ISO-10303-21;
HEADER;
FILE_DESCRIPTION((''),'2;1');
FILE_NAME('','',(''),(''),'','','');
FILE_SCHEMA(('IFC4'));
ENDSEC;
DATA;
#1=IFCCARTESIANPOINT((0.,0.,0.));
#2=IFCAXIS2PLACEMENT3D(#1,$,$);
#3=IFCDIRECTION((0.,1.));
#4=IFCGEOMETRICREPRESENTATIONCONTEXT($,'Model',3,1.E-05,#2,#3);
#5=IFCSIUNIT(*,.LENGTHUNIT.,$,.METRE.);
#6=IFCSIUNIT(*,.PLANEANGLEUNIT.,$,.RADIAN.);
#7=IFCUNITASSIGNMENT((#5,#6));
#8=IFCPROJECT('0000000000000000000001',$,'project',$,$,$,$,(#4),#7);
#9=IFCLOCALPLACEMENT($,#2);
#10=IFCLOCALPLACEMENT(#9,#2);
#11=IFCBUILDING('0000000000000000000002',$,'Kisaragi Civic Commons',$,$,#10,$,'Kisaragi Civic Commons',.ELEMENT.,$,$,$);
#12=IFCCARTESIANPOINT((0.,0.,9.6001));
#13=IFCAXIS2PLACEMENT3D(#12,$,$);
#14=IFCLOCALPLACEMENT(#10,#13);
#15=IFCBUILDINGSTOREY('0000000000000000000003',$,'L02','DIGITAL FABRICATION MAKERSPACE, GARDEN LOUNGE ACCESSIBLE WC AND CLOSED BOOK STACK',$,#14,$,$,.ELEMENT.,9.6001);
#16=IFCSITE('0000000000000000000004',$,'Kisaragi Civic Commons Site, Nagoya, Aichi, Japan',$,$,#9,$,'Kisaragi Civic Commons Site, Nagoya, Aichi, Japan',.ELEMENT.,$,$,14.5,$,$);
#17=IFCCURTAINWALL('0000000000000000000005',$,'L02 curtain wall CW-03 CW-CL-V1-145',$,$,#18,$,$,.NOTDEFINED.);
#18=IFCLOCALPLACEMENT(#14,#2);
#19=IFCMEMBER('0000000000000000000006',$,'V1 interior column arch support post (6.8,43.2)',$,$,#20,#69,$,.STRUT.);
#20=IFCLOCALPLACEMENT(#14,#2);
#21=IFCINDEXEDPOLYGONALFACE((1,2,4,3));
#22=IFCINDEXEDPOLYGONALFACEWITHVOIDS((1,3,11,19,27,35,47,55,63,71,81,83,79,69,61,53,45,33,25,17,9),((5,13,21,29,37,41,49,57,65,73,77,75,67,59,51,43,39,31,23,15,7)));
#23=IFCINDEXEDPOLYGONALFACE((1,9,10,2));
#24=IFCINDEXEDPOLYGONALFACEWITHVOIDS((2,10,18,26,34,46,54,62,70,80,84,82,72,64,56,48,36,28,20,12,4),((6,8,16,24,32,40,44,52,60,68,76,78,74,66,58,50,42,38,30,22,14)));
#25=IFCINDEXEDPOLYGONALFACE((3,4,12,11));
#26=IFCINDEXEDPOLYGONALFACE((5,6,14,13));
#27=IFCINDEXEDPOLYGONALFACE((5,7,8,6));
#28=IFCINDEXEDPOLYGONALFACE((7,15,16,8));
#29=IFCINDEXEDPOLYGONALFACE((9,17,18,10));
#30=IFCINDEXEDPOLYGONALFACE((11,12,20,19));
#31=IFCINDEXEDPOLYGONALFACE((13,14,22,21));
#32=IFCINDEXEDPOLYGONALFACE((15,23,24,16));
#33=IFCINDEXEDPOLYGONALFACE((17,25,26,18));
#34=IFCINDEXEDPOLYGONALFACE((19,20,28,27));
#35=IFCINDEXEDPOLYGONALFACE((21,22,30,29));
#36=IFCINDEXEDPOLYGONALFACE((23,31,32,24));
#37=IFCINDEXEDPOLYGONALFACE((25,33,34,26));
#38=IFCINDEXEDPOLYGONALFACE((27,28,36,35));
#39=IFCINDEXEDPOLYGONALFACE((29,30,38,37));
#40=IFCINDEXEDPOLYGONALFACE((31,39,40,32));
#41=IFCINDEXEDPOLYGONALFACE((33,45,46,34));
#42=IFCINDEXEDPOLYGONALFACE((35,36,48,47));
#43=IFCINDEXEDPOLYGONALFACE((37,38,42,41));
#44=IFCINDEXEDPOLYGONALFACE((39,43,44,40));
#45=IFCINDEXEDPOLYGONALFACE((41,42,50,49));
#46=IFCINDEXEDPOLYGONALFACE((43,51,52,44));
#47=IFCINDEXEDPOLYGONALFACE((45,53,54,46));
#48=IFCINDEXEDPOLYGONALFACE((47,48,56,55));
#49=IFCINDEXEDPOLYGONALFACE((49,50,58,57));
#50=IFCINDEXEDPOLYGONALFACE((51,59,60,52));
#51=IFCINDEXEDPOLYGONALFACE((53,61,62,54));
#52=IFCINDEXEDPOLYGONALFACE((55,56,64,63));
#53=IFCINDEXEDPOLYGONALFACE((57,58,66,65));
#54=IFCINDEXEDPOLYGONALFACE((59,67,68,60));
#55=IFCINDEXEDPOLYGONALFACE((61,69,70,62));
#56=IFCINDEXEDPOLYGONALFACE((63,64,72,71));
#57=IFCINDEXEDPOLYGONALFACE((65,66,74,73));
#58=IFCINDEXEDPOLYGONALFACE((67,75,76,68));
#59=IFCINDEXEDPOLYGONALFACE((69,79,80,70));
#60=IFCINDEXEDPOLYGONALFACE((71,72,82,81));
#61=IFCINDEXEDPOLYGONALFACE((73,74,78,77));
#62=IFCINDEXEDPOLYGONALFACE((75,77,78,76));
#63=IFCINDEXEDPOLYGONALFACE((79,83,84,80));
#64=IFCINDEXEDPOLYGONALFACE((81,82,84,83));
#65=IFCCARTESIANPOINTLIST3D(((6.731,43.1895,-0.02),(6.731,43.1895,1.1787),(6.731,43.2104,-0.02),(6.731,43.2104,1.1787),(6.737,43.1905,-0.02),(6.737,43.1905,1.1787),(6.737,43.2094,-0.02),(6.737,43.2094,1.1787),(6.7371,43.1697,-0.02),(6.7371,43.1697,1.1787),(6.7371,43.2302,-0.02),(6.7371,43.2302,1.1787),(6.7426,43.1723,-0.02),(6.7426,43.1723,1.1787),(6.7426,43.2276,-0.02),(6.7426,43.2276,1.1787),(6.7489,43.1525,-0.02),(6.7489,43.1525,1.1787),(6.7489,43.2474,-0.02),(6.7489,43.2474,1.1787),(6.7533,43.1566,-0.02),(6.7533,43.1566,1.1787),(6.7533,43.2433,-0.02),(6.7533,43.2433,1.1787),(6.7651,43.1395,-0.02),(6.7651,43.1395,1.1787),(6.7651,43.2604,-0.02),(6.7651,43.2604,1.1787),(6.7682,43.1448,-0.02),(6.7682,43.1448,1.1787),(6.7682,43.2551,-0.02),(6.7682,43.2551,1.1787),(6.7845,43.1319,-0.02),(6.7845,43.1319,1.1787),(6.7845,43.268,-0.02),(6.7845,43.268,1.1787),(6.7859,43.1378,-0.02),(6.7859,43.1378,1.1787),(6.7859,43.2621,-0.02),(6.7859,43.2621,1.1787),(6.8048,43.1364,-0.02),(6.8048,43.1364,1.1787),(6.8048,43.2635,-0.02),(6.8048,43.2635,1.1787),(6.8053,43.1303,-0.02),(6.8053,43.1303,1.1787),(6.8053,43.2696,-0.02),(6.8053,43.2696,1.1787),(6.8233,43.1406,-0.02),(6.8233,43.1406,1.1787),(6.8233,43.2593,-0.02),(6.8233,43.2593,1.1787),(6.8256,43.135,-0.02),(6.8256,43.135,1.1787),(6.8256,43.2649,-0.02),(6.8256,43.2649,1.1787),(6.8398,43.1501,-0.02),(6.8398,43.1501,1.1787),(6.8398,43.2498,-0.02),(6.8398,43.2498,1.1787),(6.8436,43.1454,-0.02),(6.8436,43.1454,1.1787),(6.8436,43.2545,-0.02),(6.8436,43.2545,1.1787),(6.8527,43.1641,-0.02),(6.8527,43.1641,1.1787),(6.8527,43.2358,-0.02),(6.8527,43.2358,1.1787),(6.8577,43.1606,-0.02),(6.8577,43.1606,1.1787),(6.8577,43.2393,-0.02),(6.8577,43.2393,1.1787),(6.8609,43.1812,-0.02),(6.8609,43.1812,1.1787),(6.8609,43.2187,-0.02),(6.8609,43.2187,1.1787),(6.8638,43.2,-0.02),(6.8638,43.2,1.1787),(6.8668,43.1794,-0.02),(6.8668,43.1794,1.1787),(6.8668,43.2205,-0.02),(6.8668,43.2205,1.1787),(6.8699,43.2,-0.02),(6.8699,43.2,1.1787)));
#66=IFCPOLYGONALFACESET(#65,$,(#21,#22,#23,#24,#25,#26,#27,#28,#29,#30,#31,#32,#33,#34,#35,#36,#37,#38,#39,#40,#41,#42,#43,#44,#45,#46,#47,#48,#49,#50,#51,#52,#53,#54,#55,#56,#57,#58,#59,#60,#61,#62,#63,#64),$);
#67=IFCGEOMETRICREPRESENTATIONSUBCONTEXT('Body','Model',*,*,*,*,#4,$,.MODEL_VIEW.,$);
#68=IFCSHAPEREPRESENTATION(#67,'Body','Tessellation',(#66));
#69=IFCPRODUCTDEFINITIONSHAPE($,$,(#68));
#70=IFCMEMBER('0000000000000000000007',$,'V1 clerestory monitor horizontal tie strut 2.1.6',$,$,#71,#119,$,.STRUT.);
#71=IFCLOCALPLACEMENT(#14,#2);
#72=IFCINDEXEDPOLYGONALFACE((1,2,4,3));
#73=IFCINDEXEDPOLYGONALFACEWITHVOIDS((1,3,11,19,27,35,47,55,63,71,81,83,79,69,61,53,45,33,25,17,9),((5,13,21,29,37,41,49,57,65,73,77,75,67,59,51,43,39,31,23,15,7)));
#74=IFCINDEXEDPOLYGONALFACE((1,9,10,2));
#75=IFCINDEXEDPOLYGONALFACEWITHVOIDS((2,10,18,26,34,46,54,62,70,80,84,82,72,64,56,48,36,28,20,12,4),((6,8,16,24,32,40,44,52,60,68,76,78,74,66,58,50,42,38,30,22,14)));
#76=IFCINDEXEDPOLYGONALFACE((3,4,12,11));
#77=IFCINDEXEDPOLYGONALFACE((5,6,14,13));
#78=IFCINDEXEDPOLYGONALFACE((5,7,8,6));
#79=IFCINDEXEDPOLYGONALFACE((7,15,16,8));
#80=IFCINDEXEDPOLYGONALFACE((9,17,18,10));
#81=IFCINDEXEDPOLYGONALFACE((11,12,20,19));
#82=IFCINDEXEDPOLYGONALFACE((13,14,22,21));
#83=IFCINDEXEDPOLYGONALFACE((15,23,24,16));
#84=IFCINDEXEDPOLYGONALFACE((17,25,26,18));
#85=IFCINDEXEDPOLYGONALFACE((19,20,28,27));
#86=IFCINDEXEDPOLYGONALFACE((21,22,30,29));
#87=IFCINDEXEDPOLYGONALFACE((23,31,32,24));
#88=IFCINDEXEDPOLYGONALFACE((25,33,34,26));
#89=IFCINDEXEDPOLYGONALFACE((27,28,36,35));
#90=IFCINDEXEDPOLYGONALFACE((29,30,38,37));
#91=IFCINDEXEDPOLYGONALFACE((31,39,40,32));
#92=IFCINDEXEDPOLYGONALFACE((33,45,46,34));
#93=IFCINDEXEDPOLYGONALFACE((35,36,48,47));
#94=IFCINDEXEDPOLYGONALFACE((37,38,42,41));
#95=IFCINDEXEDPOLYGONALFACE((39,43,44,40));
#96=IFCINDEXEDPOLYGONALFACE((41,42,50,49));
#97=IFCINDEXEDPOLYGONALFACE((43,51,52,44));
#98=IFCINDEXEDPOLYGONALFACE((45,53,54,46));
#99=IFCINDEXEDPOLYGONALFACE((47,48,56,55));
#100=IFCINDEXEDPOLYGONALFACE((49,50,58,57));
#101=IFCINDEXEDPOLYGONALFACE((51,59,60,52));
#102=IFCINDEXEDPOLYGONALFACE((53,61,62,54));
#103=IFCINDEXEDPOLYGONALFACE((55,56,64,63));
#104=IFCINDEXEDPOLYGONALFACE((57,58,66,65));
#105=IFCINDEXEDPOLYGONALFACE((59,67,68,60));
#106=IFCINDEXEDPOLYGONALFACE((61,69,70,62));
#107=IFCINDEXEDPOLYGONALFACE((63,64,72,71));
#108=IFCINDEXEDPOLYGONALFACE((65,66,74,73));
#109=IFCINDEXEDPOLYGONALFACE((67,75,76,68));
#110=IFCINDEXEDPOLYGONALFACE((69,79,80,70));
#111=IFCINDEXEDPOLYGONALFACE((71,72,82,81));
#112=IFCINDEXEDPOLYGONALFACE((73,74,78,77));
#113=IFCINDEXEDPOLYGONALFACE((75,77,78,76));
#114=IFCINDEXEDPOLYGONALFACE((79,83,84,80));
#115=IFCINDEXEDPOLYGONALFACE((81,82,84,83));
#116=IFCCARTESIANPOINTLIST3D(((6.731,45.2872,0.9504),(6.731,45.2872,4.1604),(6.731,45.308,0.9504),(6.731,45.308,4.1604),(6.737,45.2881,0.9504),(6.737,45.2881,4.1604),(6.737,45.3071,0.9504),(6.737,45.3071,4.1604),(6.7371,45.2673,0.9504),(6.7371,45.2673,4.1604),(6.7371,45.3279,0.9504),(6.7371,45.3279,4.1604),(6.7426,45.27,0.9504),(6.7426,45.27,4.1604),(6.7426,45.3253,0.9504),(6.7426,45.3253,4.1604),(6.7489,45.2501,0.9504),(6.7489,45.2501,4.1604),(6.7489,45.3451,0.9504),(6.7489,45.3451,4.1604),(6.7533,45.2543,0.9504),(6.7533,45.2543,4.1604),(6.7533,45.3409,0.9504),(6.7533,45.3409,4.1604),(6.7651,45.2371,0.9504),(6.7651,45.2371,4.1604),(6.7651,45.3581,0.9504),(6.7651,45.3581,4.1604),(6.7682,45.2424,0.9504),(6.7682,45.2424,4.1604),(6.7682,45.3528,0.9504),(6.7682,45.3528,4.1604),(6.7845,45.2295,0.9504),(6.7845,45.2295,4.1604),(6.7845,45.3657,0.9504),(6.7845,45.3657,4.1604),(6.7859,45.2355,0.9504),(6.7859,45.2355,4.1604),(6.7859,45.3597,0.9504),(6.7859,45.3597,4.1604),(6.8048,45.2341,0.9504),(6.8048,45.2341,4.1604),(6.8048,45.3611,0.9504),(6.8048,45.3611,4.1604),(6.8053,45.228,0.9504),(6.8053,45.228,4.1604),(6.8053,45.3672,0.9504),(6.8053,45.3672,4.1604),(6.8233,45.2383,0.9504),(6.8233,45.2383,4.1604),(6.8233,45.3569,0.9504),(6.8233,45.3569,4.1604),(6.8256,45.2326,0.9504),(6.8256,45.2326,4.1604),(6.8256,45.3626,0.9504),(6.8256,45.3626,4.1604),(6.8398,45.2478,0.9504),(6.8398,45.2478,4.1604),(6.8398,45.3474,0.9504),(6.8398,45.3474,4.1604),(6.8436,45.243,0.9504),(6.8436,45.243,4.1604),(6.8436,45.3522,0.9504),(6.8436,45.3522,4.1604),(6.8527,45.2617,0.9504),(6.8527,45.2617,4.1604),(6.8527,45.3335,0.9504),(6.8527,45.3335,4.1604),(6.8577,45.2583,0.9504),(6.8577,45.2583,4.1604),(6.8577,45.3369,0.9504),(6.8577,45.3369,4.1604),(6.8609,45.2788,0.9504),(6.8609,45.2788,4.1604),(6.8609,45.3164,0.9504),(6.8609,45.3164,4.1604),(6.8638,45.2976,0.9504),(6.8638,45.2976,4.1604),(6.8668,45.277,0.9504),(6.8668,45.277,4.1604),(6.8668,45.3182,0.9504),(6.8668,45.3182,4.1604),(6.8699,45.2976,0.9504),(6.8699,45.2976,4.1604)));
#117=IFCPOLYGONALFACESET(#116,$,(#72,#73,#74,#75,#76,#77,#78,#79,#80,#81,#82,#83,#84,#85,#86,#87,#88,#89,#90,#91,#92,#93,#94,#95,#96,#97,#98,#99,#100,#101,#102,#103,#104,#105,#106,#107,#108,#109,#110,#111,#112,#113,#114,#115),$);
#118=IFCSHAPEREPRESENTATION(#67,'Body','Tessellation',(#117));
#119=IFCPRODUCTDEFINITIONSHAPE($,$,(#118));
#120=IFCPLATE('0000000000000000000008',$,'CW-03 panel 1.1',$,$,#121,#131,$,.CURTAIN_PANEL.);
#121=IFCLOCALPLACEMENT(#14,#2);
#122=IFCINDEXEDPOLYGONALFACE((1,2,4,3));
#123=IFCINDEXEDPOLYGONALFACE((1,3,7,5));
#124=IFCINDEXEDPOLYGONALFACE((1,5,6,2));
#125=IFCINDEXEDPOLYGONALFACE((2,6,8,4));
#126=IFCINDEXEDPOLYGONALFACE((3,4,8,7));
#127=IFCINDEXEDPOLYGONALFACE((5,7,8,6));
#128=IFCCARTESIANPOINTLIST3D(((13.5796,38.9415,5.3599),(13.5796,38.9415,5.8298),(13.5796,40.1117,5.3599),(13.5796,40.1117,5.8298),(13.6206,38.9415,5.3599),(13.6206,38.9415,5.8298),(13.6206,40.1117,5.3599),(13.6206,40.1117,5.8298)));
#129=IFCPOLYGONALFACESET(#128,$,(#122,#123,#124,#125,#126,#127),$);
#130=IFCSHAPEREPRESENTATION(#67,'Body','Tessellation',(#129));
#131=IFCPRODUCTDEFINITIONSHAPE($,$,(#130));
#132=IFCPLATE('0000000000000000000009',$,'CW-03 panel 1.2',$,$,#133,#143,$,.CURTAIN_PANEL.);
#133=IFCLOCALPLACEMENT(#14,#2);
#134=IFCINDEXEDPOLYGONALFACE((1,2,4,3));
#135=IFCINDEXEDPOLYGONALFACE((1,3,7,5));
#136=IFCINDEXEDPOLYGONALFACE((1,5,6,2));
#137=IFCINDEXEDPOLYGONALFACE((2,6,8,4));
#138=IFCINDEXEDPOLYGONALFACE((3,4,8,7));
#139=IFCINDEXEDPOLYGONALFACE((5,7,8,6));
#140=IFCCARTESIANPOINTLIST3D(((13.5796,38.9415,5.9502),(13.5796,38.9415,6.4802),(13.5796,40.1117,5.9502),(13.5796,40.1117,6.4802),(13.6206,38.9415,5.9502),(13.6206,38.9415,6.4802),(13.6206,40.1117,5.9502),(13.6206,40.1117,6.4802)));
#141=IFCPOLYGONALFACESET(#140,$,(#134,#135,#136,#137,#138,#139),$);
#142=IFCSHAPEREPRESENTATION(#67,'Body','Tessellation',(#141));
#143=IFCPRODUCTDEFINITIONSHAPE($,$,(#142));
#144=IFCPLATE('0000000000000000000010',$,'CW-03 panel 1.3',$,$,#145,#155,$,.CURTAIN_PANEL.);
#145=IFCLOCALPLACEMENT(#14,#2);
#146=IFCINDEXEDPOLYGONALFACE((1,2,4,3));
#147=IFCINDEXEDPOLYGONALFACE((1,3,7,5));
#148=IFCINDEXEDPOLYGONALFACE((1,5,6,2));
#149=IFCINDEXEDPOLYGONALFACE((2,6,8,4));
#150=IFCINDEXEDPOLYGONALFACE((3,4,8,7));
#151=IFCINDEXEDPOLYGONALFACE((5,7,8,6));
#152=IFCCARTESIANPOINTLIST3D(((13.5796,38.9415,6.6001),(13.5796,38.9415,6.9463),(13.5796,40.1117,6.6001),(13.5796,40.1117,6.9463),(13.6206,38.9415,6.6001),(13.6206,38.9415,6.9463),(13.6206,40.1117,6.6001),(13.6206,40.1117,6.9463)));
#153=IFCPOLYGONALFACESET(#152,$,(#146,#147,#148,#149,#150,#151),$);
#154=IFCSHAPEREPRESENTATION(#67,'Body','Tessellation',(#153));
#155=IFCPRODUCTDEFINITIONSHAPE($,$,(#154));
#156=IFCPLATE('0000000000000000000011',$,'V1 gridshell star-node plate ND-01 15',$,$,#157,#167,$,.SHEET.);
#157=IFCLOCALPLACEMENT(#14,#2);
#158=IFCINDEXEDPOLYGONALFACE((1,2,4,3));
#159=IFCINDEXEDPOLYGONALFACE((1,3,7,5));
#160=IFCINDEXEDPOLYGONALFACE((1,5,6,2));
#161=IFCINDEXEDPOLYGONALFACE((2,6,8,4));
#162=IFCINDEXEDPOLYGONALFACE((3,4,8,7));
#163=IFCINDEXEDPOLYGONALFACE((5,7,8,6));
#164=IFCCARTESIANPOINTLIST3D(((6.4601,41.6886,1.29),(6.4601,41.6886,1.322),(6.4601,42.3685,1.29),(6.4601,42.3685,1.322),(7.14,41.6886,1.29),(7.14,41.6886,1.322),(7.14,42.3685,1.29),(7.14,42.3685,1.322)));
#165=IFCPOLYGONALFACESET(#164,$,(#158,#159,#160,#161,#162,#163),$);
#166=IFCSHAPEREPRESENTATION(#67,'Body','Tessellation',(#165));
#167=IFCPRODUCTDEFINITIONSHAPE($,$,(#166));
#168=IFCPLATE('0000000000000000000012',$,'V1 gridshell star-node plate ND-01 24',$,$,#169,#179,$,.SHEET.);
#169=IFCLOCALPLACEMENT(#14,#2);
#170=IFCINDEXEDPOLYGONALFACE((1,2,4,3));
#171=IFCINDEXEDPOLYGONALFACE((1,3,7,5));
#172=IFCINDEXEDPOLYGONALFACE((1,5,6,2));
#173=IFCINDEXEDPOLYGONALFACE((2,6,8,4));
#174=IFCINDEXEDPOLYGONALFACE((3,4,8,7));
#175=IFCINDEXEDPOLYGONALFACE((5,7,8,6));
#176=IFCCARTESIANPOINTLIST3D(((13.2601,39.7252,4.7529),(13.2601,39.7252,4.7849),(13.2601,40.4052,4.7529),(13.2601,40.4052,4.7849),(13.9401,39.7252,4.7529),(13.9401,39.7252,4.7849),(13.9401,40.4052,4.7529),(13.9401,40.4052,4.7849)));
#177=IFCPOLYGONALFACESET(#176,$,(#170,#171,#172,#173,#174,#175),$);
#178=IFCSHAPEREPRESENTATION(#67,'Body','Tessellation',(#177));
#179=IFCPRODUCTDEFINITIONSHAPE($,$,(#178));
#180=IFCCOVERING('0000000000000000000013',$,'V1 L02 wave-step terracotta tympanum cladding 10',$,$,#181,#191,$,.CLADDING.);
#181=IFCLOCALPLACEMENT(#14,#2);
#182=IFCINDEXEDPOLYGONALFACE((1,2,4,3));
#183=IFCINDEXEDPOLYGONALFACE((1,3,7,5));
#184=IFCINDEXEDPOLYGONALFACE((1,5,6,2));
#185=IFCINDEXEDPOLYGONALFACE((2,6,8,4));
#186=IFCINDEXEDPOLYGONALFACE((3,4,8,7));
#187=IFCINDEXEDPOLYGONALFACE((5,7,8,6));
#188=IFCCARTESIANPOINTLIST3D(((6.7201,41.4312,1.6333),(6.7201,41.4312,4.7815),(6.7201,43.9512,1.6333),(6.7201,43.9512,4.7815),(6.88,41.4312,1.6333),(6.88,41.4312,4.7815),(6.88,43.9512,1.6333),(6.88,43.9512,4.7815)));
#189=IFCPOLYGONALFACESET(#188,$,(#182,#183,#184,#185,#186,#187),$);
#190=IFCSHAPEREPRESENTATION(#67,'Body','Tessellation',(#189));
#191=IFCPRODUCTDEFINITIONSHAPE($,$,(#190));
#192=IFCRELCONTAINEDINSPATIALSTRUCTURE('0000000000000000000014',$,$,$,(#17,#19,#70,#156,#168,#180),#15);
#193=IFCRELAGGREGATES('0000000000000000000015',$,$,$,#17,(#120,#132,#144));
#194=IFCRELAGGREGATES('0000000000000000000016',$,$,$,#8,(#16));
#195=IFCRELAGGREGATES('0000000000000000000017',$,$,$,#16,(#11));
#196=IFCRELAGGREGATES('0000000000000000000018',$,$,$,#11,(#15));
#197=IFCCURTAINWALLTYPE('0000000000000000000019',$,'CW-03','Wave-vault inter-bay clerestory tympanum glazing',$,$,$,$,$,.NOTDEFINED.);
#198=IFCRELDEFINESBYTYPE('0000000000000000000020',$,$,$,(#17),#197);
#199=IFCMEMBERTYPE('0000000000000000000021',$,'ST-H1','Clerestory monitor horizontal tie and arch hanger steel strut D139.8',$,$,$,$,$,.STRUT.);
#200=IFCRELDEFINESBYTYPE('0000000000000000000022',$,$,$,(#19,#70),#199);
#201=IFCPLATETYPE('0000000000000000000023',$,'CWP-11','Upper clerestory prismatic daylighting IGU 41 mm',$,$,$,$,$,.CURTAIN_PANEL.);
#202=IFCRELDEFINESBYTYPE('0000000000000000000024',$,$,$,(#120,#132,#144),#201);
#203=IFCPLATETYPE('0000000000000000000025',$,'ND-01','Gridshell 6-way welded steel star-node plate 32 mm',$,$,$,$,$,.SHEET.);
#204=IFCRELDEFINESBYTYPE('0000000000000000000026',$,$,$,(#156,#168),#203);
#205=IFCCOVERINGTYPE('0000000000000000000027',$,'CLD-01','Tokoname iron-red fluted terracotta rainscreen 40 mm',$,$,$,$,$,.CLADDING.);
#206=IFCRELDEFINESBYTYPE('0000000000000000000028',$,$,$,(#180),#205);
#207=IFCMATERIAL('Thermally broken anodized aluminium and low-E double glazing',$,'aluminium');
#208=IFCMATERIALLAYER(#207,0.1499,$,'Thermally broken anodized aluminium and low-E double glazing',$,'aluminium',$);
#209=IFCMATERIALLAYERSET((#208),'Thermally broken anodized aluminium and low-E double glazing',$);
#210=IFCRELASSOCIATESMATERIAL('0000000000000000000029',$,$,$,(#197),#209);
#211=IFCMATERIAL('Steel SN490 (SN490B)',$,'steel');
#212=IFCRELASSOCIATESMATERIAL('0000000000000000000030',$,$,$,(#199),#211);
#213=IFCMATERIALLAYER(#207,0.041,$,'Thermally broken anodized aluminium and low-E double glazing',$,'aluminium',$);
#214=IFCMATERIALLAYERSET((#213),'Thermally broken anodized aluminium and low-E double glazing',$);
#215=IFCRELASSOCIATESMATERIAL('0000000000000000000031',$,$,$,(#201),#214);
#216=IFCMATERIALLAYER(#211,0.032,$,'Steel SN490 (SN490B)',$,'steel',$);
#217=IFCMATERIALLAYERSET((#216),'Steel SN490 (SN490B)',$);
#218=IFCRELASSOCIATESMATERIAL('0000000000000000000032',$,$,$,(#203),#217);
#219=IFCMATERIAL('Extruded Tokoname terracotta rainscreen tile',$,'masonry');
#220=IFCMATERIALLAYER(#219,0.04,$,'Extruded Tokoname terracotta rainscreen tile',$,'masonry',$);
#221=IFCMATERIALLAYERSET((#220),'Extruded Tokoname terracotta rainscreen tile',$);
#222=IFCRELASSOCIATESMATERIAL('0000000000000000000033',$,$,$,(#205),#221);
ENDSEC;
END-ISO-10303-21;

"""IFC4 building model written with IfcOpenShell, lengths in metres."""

from ifc_helpers import new_model, si_unit, direction, frame, origin, origin_2d, place, context, subcontext, project, spatial, rectangle, hollow_circle, extrude, material, layer, layer_set, material_profile, profile_set, type_object, element, aggregate, save


model = new_model("IFC4")

# Units and contexts
model_context = context("Model", 3, precision=1e-05, world=origin(), true_north=direction((0.0, 1.0)))
body_context = subcontext(model_context, "Body", "Model", "MODEL_VIEW")
ifc_project = project(units=[si_unit("LENGTHUNIT", "METRE"), si_unit("PLANEANGLEUNIT", "RADIAN")], contexts=[model_context])

# Site, building, storey
site_placement = place(None, origin())
site = spatial("IfcSite", under=ifc_project, at=site_placement, Name="Kisaragi Civic Commons Site, Nagoya, Aichi, Japan", LongName="Kisaragi Civic Commons Site, Nagoya, Aichi, Japan", CompositionType="ELEMENT", RefElevation=14.5)
building_placement = place(site_placement, origin())
building = spatial("IfcBuilding", under=site, at=building_placement, Name="Kisaragi Civic Commons", LongName="Kisaragi Civic Commons", CompositionType="ELEMENT")
storey_placement = place(building_placement, frame((0.0, 0.0, 9.6001)))
storey = spatial("IfcBuildingStorey", under=building, at=storey_placement, Name="L02", Description="DIGITAL FABRICATION MAKERSPACE, GARDEN LOUNGE ACCESSIBLE WC AND CLOSED BOOK STACK", CompositionType="ELEMENT", Elevation=9.6001)

# Curtain wall
ifc_material_1 = material(Name="Thermally broken anodized aluminium and low-E double glazing", Category="aluminium")
ifc_layer_1 = layer(ifc_material_1, 0.1499, Name="Thermally broken anodized aluminium and low-E double glazing", Category="aluminium")
ifc_layer_set_1 = layer_set([ifc_layer_1], Name="Thermally broken anodized aluminium and low-E double glazing")
curtain_wall_type = type_object("IfcCurtainWallType", Name="CW-03", Description="Wave-vault inter-bay clerestory tympanum glazing", PredefinedType="NOTDEFINED", material=ifc_layer_set_1)
curtain_wall_placement = place(storey_placement, origin())
curtain_wall = element("IfcCurtainWall", 1, at=curtain_wall_placement, inside=storey, type_object=curtain_wall_type, Name="L02 curtain wall CW-03 CW-CL-V1-145", PredefinedType="NOTDEFINED")

# Members
ifc_material_2 = material(Name="Steel SN490 (SN490B)", Category="steel")
ifc_material_profile_1 = material_profile(ifc_material_2, hollow_circle(Radius=0.0698, WallThickness=0.0061, at=origin_2d()), Name="CHS-139.8x6.0", Category="steel")
ifc_profile_set_1 = profile_set([ifc_material_profile_1], Name="Steel SN490 (SN490B)")
member_type_1 = type_object("IfcMemberType", Name="ST-H1", Description="Clerestory monitor horizontal tie and arch hanger steel strut D139.8", PredefinedType="STRUT", material=ifc_profile_set_1)
member_1_placement = place(storey_placement, frame((6.8, 43.2, -0.02), z_axis=(0.0, 0.0, 1.0), x_axis=(1.0, 0.0, 0.0)))
element("IfcMember", 2, at=member_1_placement, inside=storey, type_object=member_type_1, Name="V1 interior column arch support post (6.8,43.2)", PredefinedType="STRUT", context=body_context, shape_type="SweptSolid", body=[
    extrude(hollow_circle(Radius=0.0698, WallThickness=0.0061, at=origin_2d()), origin(), (0.0, 0.0, 1.0), 1.1987),
])
member_2_placement = place(storey_placement, frame((6.8, 45.2976, 0.9504), z_axis=(0.0, 0.0, 1.0), x_axis=(1.0, 0.0, 0.0)))
element("IfcMember", 3, at=member_2_placement, inside=storey, type_object=member_type_1, Name="V1 clerestory monitor horizontal tie strut 2.1.6", PredefinedType="STRUT", context=body_context, shape_type="SweptSolid", body=[
    extrude(hollow_circle(Radius=0.0698, WallThickness=0.0061, at=origin_2d()), origin(), (0.0, 0.0, 1.0), 3.21),
])

# Plates
ifc_layer_2 = layer(ifc_material_1, 0.041, Name="Thermally broken anodized aluminium and low-E double glazing", Category="aluminium")
ifc_layer_set_2 = layer_set([ifc_layer_2], Name="Thermally broken anodized aluminium and low-E double glazing")
plate_type_1 = type_object("IfcPlateType", Name="CWP-11", Description="Upper clerestory prismatic daylighting IGU 41 mm", PredefinedType="CURTAIN_PANEL", material=ifc_layer_set_2)
plate_1_placement = place(storey_placement, frame((13.6001, 39.5266, 5.3599), z_axis=(0.0, 0.0, 1.0), x_axis=(0.0, 1.0, 0.0)))
plate_1 = element("IfcPlate", 4, at=plate_1_placement, type_object=plate_type_1, Name="CW-03 panel 1.1", PredefinedType="CURTAIN_PANEL", context=body_context, shape_type="SweptSolid", body=[
    extrude(rectangle(XDim=1.1702, YDim=0.041, at=origin_2d()), origin(), (0.0, 0.0, 1.0), 0.47),
])
plate_2_placement = place(storey_placement, frame((13.6001, 39.5266, 5.9502), z_axis=(0.0, 0.0, 1.0), x_axis=(0.0, 1.0, 0.0)))
plate_2 = element("IfcPlate", 5, at=plate_2_placement, type_object=plate_type_1, Name="CW-03 panel 1.2", PredefinedType="CURTAIN_PANEL", context=body_context, shape_type="SweptSolid", body=[
    extrude(rectangle(XDim=1.1702, YDim=0.041, at=origin_2d()), origin(), (0.0, 0.0, 1.0), 0.53),
])
plate_3_placement = place(storey_placement, frame((13.6001, 39.5266, 6.6001), z_axis=(0.0, 0.0, 1.0), x_axis=(0.0, 1.0, 0.0)))
plate_3 = element("IfcPlate", 6, at=plate_3_placement, type_object=plate_type_1, Name="CW-03 panel 1.3", PredefinedType="CURTAIN_PANEL", context=body_context, shape_type="SweptSolid", body=[
    extrude(rectangle(XDim=1.1702, YDim=0.041, at=origin_2d()), origin(), (0.0, 0.0, 1.0), 0.3462),
])
aggregate(curtain_wall, [plate_1, plate_2, plate_3])

# Plates
ifc_layer_3 = layer(ifc_material_2, 0.032, Name="Steel SN490 (SN490B)", Category="steel")
ifc_layer_set_3 = layer_set([ifc_layer_3], Name="Steel SN490 (SN490B)")
plate_type_2 = type_object("IfcPlateType", Name="ND-01", Description="Gridshell 6-way welded steel star-node plate 32 mm", PredefinedType="SHEET", material=ifc_layer_set_3)
for number, where, z_axis, x_axis, name in (
    (7, (6.8, 42.0286, 1.29), (0.0, 0.0, 1.0), (1.0, 0.0, 0.0), "V1 gridshell star-node plate ND-01 15"),
    (8, (13.6001, 40.0652, 4.7529), (0.0, 0.0, 1.0), (1.0, 0.0, 0.0), "V1 gridshell star-node plate ND-01 24"),
):
    element("IfcPlate", number, at=place(storey_placement, frame(where, z_axis=z_axis, x_axis=x_axis)), inside=storey, type_object=plate_type_2, Name=name, PredefinedType="SHEET", context=body_context, shape_type="SweptSolid", body=[
        extrude(rectangle(XDim=0.6799, YDim=0.6799, at=origin_2d()), origin(), (0.0, 0.0, 1.0), 0.032),
    ])

# Covering
ifc_material_3 = material(Name="Extruded Tokoname terracotta rainscreen tile", Category="masonry")
ifc_layer_4 = layer(ifc_material_3, 0.04, Name="Extruded Tokoname terracotta rainscreen tile", Category="masonry")
ifc_layer_set_4 = layer_set([ifc_layer_4], Name="Extruded Tokoname terracotta rainscreen tile")
covering_type = type_object("IfcCoveringType", Name="CLD-01", Description="Tokoname iron-red fluted terracotta rainscreen 40 mm", PredefinedType="CLADDING", material=ifc_layer_set_4)
covering_1_placement = place(storey_placement, frame((6.8, 42.6912, 1.6333), z_axis=(0.0, 0.0, 1.0), x_axis=(0.0, 1.0, 0.0)))
element("IfcCovering", 9, at=covering_1_placement, inside=storey, type_object=covering_type, Name="V1 L02 wave-step terracotta tympanum cladding 10", PredefinedType="CLADDING", context=body_context, shape_type="SweptSolid", body=[
    extrude(rectangle(XDim=2.52, YDim=0.1599, at=origin_2d()), origin(), (0.0, 0.0, 1.0), 3.1482),
])

save(model, "model.ifc")
